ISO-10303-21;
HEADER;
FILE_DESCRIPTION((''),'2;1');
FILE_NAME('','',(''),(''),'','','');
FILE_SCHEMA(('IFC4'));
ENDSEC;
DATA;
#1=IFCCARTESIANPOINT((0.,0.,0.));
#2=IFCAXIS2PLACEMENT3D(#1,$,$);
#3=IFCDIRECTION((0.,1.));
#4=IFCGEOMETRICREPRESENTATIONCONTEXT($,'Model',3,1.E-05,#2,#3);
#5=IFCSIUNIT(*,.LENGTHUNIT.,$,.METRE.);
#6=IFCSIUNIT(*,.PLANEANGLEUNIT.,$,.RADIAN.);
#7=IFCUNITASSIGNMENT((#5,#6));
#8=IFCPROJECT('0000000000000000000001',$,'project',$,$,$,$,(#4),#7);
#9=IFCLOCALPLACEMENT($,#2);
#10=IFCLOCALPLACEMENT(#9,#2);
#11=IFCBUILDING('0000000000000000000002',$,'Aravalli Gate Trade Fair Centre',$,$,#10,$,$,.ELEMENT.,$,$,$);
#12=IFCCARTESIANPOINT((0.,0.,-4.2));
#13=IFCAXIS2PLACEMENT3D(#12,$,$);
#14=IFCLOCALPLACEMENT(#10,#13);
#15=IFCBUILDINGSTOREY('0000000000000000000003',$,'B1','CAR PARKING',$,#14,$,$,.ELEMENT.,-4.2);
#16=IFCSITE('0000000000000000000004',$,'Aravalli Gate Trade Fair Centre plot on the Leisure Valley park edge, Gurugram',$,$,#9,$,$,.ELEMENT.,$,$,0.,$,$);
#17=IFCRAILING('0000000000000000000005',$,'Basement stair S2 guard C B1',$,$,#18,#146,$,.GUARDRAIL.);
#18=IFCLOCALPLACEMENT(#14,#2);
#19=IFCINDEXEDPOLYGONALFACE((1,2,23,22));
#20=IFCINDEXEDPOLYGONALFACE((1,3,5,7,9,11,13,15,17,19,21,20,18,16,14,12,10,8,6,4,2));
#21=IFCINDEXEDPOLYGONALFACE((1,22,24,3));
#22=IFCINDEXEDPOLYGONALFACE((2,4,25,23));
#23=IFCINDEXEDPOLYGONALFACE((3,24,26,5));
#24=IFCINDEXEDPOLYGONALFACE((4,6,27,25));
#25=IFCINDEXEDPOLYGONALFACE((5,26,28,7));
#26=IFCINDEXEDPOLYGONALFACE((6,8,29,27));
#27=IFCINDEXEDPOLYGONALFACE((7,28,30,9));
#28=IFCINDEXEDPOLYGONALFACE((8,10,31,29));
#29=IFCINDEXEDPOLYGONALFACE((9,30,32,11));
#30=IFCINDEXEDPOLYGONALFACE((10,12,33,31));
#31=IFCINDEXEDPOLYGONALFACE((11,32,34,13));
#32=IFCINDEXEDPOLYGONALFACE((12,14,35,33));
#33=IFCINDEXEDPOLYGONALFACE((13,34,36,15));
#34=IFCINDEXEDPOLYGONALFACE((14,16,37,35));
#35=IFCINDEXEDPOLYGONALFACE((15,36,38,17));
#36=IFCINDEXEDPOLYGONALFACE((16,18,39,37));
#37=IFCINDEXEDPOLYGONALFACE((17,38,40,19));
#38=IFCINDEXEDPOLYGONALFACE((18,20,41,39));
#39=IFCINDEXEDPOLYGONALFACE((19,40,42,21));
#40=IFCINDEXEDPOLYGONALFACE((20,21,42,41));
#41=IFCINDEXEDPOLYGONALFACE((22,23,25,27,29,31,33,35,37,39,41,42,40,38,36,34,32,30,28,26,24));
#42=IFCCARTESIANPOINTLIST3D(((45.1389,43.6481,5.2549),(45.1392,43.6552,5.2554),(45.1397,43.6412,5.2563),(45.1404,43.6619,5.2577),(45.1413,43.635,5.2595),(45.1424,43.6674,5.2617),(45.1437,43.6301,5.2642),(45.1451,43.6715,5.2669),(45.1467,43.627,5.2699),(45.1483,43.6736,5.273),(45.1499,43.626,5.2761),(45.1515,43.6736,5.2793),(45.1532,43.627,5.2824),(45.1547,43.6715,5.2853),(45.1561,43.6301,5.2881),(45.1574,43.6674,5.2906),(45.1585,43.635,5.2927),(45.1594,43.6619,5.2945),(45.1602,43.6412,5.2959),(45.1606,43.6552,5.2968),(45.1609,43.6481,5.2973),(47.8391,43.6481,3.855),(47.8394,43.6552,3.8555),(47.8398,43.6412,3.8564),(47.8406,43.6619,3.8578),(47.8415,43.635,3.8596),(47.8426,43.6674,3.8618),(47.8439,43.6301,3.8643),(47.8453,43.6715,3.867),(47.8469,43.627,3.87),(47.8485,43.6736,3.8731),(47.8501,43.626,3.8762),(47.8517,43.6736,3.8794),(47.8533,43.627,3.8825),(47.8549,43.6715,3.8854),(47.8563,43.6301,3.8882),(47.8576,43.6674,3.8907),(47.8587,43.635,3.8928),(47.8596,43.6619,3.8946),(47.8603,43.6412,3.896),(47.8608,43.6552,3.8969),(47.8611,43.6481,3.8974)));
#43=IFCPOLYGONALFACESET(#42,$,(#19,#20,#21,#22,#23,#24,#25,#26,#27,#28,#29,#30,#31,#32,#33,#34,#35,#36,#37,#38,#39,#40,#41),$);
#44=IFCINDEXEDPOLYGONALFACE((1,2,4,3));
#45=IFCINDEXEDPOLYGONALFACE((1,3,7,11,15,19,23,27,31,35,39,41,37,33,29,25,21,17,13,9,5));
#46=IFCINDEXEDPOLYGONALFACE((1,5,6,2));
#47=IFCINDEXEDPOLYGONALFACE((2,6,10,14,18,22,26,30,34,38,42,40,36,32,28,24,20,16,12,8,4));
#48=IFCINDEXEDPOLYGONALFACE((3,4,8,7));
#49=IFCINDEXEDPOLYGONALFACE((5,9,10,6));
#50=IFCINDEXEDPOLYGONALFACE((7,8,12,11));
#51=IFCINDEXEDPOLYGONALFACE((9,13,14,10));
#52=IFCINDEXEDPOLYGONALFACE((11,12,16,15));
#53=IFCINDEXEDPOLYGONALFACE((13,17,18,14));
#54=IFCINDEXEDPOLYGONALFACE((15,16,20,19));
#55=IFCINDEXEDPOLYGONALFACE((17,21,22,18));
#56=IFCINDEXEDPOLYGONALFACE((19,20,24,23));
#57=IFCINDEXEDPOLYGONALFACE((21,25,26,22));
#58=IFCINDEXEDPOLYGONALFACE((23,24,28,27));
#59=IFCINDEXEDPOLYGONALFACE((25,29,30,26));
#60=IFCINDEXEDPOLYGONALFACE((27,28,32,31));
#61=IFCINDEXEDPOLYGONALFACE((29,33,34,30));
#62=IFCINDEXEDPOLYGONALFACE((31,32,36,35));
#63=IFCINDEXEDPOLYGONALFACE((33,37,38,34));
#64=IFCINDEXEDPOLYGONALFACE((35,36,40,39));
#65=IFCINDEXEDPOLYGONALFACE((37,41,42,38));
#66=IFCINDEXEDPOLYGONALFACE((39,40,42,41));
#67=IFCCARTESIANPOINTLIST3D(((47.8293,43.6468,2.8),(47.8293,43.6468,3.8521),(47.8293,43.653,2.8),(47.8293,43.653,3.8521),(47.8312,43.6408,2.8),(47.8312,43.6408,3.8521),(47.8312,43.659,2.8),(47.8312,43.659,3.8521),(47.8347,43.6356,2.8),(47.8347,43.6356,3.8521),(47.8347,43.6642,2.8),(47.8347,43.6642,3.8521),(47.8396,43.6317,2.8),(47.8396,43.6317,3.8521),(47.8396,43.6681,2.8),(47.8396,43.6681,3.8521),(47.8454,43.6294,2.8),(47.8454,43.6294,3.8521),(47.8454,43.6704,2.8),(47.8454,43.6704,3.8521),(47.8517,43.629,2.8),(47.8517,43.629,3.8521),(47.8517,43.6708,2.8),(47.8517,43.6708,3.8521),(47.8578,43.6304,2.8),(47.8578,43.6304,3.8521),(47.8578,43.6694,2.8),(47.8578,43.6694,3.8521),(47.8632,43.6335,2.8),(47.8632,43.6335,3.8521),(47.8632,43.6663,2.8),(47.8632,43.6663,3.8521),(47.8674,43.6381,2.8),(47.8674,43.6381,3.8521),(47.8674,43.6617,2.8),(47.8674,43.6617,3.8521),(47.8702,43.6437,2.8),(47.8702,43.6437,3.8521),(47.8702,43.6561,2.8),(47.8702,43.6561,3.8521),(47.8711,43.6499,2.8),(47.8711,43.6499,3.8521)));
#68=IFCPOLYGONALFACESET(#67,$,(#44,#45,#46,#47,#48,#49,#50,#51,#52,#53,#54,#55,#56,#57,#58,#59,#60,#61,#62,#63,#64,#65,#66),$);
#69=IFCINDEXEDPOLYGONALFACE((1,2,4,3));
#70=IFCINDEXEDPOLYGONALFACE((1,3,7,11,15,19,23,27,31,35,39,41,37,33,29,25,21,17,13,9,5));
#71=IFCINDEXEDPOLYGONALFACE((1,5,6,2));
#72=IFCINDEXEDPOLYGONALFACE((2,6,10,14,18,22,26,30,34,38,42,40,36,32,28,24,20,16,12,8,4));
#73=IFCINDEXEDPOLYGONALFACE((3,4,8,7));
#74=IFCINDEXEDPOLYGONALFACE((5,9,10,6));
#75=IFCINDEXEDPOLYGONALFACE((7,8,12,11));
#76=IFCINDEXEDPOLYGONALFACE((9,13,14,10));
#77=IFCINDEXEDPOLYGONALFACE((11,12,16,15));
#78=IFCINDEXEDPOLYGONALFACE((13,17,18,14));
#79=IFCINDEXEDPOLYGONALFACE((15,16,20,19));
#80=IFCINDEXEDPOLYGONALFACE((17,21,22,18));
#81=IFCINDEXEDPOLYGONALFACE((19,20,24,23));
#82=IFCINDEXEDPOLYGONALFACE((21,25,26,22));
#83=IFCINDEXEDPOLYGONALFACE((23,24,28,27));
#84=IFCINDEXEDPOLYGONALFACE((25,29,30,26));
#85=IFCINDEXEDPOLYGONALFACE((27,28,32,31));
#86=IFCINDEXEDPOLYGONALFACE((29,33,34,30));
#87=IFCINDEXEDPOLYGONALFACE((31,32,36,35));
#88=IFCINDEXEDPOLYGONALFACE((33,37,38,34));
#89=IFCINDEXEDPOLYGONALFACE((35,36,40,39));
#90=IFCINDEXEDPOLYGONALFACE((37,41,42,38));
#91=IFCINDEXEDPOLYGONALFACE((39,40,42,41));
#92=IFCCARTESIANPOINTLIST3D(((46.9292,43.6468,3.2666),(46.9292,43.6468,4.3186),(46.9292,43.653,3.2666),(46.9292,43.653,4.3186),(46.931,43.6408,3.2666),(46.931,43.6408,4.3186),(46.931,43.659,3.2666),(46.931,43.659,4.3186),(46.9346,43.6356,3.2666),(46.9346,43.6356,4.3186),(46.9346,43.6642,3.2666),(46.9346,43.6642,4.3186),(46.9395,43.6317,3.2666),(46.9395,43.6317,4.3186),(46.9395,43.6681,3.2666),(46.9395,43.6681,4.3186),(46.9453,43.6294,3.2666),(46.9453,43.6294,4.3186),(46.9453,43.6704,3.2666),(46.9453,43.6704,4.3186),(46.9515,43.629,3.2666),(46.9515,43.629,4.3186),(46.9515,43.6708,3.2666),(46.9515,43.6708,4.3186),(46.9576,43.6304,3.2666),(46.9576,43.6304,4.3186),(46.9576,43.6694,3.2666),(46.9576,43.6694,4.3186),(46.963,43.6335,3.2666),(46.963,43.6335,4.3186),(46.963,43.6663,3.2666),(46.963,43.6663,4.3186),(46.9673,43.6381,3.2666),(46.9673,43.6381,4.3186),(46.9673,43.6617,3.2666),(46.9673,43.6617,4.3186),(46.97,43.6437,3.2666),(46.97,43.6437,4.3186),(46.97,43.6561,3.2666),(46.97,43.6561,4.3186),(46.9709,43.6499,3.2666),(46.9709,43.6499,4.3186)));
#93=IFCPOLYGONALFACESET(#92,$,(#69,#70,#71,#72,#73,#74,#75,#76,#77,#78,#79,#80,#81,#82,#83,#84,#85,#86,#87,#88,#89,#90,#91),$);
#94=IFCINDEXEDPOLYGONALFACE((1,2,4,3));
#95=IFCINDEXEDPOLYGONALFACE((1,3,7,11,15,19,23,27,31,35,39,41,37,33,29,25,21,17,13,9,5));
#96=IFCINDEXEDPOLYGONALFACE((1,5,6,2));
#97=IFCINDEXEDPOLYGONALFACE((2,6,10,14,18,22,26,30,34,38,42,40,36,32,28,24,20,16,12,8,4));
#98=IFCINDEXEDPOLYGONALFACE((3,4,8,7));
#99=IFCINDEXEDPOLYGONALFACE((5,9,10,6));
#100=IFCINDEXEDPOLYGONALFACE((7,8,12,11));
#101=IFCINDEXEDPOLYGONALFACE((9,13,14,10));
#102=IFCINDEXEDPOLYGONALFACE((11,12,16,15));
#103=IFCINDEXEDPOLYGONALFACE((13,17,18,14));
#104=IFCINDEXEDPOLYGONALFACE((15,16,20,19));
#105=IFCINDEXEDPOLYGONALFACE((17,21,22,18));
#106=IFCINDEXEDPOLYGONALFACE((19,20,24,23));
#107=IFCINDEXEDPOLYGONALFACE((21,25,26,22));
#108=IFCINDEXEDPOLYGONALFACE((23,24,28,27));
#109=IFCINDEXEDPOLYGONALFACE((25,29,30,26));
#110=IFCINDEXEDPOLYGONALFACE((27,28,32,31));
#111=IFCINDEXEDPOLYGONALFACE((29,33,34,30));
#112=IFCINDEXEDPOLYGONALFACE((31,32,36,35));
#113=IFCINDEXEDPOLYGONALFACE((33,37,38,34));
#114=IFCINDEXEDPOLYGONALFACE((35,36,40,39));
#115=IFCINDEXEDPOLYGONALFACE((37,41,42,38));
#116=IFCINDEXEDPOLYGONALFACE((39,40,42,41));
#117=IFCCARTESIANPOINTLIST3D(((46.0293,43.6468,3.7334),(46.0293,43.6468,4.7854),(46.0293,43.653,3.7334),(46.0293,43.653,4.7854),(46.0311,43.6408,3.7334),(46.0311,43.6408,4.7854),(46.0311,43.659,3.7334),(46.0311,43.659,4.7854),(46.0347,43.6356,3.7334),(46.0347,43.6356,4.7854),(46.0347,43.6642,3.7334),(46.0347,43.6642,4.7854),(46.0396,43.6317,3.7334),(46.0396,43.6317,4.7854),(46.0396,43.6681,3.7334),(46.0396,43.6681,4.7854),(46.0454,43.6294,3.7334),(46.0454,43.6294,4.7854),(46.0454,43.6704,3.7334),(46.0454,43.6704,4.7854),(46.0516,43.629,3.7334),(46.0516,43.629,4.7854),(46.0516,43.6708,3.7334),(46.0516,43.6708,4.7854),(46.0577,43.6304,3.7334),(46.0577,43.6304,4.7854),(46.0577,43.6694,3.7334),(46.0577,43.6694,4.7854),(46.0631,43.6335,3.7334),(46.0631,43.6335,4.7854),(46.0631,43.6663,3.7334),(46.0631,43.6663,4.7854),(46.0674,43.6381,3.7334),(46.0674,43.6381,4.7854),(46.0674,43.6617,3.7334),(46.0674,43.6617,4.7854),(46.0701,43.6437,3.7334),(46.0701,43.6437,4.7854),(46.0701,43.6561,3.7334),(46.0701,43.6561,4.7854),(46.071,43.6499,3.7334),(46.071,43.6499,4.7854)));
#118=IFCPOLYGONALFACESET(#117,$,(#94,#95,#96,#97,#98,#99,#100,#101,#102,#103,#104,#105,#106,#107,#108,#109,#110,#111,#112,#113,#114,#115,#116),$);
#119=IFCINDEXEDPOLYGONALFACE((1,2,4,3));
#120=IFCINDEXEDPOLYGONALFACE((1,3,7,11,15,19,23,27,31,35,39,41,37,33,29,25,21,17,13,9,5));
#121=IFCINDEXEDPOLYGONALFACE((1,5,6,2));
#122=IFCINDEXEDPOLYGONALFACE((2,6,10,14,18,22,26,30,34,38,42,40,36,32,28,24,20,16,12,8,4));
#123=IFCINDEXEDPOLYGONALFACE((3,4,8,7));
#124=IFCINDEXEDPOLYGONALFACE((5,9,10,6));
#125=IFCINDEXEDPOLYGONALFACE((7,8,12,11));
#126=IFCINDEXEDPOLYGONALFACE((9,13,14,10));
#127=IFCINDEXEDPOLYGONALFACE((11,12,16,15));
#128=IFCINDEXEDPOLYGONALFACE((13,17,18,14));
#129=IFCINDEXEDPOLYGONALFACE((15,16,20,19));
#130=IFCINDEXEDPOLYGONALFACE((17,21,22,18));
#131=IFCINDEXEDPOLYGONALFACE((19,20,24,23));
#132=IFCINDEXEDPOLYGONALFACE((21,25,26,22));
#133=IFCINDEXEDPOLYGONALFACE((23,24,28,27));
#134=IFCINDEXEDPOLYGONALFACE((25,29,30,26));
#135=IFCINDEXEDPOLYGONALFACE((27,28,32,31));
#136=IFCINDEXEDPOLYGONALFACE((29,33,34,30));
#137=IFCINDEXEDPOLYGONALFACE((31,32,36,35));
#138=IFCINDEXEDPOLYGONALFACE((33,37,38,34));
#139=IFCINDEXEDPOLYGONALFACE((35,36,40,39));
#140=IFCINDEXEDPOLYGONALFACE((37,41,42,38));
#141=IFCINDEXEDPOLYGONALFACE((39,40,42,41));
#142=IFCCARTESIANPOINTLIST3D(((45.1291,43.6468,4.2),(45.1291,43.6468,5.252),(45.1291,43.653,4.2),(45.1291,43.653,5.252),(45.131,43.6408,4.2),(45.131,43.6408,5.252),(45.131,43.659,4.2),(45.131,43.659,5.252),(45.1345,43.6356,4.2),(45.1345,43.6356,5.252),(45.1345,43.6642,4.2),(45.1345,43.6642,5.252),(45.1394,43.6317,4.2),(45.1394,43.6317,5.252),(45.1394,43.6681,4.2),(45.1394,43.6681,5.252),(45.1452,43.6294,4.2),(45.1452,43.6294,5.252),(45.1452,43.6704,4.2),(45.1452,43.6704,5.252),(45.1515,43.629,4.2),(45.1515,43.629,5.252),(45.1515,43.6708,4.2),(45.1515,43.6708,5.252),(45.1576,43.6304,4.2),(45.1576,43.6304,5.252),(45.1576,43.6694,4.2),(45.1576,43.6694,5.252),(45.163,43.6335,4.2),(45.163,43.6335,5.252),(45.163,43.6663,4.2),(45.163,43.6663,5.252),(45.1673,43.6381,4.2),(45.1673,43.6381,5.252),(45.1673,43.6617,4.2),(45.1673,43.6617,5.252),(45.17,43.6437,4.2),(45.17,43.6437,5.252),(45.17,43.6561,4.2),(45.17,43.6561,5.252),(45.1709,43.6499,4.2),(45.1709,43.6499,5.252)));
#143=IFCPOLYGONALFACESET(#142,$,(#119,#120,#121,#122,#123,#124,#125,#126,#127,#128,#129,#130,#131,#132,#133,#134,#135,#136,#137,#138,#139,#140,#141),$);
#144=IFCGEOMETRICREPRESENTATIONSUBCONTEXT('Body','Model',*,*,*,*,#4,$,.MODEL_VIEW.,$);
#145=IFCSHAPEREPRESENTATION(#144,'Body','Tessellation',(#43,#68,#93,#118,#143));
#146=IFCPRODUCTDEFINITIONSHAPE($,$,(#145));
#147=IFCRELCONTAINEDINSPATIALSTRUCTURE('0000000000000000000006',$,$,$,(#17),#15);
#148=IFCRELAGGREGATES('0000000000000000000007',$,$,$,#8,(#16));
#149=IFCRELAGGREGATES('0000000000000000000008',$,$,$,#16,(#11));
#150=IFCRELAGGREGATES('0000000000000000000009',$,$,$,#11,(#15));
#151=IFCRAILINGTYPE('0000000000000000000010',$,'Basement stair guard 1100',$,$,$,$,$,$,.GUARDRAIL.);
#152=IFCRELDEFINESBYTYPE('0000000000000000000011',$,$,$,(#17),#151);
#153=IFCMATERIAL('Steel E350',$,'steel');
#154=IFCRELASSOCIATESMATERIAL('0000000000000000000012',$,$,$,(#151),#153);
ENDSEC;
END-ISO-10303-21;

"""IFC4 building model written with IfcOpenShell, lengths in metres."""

from ifc_helpers import new_model, si_unit, direction, frame, origin, origin_2d, place, context, subcontext, project, spatial, circle, extrude, material, type_object, element, save


model = new_model("IFC4")

# Units and contexts
model_context = context("Model", 3, precision=1e-05, world=origin(), true_north=direction((0.0, 1.0)))
body_context = subcontext(model_context, "Body", "Model", "MODEL_VIEW")
ifc_project = project(units=[si_unit("LENGTHUNIT", "METRE"), si_unit("PLANEANGLEUNIT", "RADIAN")], contexts=[model_context])

# Site, building, storey
site_placement = place(None, origin())
site = spatial("IfcSite", under=ifc_project, at=site_placement, Name="Aravalli Gate Trade Fair Centre plot on the Leisure Valley park edge, Gurugram", CompositionType="ELEMENT", RefElevation=0.0)
building_placement = place(site_placement, origin())
building = spatial("IfcBuilding", under=site, at=building_placement, Name="Aravalli Gate Trade Fair Centre", CompositionType="ELEMENT")
storey_placement = place(building_placement, frame((0.0, 0.0, -4.2)))
storey = spatial("IfcBuildingStorey", under=building, at=storey_placement, Name="B1", Description="CAR PARKING", CompositionType="ELEMENT", Elevation=-4.2)

# Railing
ifc_material_1 = material(Name="Steel E350", Category="steel")
railing_type = type_object("IfcRailingType", Name="Basement stair guard 1100", PredefinedType="GUARDRAIL", material=ifc_material_1)
railing_1_placement = place(storey_placement, frame((47.8501, 43.6499, 2.8)))
element("IfcRailing", 1, at=railing_1_placement, inside=storey, type_object=railing_type, Name="Basement stair S2 guard C B1", PredefinedType="GUARDRAIL", context=body_context, shape_type="SweptSolid", body=[
    extrude(circle(Radius=0.0239, at=origin_2d()), frame((0.0, 0.0, 1.0762), z_axis=(-0.887781, 0.0, 0.460266), x_axis=(0.0, -1.0, 0.0)), (0.0, 0.0, 1.0), 3.0415),
    extrude(circle(Radius=0.021, at=origin_2d()), origin(), (0.0, 0.0, 1.0), 1.052),
    extrude(circle(Radius=0.021, at=origin_2d()), frame((-0.9001, 0.0, 0.4666)), (0.0, 0.0, 1.0), 1.052),
    extrude(circle(Radius=0.021, at=origin_2d()), frame((-1.8, 0.0, 0.9333)), (0.0, 0.0, 1.0), 1.052),
    extrude(circle(Radius=0.021, at=origin_2d()), frame((-2.7002, 0.0, 1.3999)), (0.0, 0.0, 1.0), 1.052),
])

save(model, "model.ifc")
